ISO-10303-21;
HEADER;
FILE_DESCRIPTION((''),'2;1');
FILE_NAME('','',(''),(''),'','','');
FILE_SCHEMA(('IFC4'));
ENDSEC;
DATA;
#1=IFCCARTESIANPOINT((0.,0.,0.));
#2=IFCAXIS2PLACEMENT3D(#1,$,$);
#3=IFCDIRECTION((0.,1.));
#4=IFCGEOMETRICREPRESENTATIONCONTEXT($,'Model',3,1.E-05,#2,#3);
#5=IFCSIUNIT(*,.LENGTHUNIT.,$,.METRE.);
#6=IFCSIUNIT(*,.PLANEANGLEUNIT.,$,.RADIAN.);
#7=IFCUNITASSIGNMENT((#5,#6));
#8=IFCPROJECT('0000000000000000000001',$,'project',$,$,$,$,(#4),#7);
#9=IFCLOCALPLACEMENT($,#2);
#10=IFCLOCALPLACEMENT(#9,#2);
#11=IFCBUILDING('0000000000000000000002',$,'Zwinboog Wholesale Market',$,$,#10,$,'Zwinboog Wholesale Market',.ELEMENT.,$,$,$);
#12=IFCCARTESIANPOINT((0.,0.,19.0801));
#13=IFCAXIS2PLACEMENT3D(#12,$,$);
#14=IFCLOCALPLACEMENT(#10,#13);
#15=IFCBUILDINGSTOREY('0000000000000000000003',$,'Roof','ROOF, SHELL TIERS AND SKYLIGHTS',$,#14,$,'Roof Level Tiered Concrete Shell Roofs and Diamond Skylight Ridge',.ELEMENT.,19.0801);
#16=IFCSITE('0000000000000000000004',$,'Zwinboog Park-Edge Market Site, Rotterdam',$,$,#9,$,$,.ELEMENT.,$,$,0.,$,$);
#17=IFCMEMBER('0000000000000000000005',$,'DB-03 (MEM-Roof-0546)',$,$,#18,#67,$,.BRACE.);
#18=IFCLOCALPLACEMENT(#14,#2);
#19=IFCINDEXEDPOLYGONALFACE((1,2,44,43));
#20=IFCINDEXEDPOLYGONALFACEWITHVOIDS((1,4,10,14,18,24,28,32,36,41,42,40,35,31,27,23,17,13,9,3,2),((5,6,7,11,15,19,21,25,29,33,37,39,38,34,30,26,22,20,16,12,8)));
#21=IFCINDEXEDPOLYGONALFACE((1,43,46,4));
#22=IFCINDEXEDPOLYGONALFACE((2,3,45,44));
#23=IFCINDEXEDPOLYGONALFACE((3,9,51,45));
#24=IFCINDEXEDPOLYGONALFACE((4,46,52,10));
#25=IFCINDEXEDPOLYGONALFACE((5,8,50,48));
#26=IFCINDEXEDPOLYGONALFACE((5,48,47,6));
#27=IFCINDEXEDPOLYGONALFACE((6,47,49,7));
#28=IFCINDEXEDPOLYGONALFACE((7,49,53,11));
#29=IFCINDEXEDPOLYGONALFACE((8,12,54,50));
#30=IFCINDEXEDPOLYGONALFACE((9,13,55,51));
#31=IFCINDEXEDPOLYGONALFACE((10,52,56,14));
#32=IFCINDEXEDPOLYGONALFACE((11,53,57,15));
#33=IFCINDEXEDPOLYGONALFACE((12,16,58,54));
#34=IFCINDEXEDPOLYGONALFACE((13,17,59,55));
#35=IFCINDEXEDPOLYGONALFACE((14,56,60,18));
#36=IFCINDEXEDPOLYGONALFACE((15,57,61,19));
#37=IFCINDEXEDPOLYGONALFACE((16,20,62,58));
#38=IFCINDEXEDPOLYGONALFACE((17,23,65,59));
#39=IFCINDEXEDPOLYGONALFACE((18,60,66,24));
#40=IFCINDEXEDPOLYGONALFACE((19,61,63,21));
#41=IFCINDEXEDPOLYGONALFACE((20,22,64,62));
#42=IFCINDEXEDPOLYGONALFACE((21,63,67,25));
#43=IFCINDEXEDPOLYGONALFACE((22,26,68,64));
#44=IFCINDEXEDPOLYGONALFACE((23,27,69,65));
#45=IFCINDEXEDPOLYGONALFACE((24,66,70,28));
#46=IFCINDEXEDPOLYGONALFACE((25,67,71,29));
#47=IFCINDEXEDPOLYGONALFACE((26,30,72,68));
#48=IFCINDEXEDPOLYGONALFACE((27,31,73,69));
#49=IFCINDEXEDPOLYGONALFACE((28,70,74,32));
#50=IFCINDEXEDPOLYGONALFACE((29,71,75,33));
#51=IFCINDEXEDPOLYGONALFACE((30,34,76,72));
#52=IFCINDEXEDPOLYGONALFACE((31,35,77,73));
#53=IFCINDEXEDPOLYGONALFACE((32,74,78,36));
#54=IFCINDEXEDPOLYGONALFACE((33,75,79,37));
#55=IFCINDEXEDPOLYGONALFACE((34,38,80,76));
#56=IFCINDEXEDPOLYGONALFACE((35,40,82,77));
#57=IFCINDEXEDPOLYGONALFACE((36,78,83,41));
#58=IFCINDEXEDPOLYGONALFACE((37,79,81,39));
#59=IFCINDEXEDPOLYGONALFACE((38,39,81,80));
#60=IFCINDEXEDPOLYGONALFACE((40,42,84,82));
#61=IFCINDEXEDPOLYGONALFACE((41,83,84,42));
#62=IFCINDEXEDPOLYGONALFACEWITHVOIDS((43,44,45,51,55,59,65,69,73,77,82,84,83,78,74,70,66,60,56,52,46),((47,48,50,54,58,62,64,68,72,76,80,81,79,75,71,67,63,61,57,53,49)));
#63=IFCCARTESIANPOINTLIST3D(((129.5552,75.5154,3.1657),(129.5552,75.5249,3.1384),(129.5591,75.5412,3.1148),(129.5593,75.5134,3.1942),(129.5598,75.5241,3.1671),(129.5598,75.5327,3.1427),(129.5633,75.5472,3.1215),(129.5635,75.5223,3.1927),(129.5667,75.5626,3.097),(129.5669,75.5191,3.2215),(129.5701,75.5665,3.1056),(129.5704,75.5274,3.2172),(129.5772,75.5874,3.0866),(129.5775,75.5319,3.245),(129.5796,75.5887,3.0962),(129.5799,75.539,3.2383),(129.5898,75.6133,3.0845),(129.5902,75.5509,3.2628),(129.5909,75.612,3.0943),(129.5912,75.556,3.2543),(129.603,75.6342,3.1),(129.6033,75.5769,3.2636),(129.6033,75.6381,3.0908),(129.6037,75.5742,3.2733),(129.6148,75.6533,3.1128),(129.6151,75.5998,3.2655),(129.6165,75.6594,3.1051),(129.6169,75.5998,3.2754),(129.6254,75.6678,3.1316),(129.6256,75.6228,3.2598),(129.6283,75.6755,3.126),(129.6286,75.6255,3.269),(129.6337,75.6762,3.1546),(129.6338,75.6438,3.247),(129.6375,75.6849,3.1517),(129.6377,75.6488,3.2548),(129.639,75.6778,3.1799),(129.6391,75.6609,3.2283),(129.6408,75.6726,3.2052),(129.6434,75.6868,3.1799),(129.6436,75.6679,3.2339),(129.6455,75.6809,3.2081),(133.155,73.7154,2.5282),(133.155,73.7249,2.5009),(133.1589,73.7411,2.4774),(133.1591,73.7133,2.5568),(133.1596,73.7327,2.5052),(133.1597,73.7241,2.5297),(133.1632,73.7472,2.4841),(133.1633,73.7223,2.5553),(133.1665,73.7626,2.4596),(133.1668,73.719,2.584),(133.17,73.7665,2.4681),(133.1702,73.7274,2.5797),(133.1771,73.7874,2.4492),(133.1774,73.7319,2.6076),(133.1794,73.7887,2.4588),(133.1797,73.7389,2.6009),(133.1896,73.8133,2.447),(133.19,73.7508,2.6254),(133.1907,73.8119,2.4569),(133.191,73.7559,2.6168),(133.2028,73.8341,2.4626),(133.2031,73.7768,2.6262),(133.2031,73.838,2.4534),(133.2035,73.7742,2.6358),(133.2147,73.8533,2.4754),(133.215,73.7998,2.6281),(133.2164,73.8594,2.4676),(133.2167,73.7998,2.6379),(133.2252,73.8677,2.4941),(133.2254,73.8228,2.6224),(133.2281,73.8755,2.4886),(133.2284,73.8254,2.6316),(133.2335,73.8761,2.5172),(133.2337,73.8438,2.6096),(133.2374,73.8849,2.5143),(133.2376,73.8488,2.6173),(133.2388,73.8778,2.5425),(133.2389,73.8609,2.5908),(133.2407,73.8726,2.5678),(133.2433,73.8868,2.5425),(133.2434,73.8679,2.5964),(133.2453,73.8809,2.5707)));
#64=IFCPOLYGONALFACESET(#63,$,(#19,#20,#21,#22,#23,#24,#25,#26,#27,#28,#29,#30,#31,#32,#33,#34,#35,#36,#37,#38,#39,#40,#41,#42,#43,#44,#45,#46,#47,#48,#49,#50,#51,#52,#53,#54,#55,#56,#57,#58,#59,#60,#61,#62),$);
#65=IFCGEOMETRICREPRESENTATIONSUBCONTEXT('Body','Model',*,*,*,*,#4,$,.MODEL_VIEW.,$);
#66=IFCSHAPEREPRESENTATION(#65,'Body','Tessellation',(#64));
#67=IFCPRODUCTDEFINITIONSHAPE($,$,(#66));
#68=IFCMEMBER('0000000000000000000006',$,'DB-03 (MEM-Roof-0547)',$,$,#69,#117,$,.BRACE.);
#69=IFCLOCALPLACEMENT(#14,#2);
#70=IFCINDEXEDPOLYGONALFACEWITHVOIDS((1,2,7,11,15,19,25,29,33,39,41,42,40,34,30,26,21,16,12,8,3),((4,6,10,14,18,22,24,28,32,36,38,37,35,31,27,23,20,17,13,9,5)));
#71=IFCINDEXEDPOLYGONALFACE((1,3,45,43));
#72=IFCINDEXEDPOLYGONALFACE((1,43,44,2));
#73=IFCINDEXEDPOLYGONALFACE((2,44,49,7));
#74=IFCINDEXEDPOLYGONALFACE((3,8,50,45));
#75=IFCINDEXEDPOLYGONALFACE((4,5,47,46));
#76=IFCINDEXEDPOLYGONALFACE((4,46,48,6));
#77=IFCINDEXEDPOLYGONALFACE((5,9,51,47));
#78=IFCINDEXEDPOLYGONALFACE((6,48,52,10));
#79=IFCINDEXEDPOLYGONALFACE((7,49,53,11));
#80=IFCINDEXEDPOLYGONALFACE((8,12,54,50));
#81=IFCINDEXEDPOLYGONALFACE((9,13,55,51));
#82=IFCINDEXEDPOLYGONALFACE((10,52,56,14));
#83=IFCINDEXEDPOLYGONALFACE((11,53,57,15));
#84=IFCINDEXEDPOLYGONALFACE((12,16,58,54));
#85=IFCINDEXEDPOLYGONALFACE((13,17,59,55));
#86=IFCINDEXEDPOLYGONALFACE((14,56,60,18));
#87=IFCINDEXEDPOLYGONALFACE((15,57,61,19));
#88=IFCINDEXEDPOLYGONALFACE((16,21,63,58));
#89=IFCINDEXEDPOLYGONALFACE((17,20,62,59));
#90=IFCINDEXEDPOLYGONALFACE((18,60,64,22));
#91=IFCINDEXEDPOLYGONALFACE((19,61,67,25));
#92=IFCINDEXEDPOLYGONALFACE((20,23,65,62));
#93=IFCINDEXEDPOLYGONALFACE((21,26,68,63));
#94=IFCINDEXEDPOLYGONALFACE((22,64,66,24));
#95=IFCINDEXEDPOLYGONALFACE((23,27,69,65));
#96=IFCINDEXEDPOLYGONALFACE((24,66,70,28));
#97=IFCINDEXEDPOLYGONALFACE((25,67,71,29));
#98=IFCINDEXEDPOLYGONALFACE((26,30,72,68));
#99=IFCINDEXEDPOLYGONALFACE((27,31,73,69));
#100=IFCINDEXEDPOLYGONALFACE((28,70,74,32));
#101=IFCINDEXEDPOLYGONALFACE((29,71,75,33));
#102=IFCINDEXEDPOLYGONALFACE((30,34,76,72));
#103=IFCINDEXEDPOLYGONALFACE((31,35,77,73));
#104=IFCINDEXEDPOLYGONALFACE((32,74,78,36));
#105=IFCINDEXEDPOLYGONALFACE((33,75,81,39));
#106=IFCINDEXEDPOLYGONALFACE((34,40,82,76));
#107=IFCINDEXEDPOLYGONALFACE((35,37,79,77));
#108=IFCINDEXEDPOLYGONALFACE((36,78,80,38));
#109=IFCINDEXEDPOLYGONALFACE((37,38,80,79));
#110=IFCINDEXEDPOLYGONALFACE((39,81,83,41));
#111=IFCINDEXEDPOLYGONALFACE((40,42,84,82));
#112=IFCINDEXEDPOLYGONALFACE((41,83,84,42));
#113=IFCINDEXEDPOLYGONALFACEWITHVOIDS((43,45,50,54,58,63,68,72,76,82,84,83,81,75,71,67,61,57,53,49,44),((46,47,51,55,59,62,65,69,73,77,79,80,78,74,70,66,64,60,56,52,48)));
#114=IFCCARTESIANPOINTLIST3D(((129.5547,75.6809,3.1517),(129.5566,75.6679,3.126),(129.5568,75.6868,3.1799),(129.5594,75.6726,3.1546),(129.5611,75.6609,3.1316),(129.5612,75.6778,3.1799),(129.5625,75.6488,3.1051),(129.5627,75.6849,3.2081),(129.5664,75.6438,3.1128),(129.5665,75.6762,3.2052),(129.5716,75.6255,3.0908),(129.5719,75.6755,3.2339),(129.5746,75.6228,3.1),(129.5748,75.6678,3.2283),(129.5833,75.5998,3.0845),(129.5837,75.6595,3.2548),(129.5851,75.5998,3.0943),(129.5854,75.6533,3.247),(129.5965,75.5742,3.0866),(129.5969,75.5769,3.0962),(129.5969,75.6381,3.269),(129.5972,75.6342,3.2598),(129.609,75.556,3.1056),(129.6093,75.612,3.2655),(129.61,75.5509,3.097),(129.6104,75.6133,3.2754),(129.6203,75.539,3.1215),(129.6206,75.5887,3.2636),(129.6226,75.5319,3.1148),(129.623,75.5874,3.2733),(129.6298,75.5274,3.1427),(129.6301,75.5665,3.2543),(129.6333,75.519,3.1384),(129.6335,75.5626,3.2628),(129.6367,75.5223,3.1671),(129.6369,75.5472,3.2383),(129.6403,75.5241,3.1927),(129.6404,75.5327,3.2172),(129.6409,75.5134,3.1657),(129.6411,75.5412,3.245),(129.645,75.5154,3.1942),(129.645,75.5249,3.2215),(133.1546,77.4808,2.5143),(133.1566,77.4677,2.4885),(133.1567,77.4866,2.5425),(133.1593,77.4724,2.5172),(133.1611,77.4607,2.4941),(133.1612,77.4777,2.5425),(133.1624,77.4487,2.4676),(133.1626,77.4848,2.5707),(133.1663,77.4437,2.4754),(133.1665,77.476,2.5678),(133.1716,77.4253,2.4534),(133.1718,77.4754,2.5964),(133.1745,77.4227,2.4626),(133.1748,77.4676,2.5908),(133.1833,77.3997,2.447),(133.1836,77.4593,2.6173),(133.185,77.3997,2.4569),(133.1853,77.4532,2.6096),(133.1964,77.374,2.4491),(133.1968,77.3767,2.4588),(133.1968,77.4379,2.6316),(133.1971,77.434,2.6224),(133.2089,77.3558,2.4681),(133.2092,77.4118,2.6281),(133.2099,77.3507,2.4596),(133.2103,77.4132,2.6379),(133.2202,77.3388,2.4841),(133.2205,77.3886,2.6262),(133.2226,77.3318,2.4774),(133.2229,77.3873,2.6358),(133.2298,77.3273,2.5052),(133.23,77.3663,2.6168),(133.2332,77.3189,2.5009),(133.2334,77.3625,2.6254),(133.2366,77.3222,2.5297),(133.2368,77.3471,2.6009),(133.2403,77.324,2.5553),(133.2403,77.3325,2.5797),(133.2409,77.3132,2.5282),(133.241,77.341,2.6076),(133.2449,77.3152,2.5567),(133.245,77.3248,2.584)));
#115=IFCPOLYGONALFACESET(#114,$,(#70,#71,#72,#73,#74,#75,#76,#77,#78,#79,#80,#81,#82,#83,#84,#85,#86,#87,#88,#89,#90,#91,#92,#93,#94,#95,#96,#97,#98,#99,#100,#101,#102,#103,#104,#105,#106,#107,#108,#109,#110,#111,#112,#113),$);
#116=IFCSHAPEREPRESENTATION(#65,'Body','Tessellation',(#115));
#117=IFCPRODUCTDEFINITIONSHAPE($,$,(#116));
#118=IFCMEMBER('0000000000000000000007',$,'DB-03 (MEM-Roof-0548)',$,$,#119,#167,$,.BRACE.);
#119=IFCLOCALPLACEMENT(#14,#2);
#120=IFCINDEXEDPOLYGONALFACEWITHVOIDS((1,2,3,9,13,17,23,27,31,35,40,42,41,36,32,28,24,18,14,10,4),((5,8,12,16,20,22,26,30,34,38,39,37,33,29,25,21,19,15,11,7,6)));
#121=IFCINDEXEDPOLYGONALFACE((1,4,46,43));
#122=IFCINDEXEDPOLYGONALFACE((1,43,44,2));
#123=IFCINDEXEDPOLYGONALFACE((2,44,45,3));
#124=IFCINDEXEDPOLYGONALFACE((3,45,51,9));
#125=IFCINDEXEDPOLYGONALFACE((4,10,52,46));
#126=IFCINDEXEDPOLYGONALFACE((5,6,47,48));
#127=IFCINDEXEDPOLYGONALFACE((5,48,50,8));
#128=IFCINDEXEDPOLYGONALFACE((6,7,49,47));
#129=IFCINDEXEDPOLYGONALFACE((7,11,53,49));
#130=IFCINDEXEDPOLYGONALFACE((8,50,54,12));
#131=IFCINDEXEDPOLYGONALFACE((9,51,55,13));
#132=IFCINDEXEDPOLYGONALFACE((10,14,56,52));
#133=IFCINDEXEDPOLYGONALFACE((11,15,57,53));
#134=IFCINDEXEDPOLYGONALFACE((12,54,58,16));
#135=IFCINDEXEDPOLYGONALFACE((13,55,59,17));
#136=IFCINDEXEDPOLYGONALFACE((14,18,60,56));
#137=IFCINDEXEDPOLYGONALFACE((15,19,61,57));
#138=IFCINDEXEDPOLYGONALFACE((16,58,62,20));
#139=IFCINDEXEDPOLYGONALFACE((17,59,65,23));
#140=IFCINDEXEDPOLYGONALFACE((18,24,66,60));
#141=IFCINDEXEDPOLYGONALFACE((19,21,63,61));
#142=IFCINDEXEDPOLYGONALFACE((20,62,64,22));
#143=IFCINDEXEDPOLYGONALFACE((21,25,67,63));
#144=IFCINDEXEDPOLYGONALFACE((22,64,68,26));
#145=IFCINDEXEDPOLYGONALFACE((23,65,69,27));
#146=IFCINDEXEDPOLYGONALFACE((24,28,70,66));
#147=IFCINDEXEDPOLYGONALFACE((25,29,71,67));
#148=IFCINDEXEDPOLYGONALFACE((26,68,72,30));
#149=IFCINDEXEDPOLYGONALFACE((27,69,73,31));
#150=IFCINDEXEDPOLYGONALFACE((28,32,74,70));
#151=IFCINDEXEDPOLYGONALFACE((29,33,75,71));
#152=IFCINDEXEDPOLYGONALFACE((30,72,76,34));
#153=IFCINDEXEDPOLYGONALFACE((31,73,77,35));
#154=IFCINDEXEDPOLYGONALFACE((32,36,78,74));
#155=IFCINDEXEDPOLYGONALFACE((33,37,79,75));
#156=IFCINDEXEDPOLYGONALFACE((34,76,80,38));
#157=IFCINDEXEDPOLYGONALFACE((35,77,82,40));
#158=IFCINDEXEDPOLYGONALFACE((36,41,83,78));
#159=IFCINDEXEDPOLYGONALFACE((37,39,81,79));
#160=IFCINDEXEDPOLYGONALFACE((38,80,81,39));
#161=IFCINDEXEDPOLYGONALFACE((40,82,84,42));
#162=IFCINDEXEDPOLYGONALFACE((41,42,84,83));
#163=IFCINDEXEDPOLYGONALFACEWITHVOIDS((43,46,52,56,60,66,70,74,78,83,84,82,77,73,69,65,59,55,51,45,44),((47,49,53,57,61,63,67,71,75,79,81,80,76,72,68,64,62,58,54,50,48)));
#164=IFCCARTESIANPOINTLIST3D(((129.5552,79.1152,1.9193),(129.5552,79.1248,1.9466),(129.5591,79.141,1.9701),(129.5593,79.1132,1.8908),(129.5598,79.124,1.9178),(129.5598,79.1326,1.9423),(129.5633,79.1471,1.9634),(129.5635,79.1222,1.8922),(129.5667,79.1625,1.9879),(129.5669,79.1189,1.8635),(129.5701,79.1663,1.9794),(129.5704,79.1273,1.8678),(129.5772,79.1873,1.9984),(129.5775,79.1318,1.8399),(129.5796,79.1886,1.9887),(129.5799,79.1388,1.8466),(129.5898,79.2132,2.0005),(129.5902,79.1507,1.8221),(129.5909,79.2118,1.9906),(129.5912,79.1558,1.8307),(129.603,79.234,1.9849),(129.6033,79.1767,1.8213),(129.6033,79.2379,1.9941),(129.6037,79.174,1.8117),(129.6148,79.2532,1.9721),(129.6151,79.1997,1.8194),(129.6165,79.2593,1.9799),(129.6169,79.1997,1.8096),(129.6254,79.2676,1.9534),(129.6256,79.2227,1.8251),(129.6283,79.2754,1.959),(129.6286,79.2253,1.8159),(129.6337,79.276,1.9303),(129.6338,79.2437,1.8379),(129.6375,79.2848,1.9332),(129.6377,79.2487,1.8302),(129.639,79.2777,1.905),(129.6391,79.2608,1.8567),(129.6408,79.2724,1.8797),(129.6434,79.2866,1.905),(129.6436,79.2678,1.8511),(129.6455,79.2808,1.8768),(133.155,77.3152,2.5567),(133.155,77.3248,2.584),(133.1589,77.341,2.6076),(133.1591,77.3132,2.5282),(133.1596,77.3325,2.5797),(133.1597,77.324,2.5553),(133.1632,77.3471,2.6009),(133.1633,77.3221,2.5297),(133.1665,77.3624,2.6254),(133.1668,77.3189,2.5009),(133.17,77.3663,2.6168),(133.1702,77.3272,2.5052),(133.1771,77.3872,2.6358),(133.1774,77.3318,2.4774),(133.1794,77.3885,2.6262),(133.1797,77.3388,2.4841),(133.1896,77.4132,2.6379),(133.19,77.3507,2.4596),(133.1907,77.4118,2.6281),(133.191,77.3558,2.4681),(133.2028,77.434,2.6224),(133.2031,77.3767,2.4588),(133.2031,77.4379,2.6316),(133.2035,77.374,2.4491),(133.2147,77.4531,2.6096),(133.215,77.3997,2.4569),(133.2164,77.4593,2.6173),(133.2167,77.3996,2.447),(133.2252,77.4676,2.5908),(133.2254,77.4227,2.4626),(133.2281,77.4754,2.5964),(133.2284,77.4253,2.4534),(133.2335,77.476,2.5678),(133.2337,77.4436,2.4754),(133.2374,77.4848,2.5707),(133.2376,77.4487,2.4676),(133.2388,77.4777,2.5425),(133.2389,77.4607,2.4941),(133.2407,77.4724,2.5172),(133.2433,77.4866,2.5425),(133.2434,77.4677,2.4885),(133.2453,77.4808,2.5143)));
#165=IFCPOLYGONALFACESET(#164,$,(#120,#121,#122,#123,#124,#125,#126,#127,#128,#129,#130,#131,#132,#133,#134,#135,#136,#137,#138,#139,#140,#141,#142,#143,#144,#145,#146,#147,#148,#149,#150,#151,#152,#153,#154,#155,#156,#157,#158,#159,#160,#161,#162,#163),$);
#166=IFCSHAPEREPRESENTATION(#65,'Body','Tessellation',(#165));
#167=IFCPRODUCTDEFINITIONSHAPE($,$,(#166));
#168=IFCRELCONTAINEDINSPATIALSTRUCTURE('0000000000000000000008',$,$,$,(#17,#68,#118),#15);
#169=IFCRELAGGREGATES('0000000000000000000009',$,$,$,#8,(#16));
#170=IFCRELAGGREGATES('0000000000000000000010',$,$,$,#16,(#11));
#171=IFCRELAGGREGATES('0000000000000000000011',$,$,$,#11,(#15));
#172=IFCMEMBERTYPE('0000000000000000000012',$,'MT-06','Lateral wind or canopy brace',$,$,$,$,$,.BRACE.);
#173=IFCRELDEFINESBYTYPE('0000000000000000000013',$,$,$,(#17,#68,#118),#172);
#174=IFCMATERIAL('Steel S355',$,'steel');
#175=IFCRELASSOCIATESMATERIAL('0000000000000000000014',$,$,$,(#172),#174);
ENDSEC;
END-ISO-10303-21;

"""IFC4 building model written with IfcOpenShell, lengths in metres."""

from ifc_helpers import new_model, si_unit, direction, frame, origin, origin_2d, place, context, subcontext, project, spatial, hollow_circle, extrude, material, material_profile, profile_set, type_object, element, save


model = new_model("IFC4")

# Units and contexts
model_context = context("Model", 3, precision=1e-05, world=origin(), true_north=direction((0.0, 1.0)))
body_context = subcontext(model_context, "Body", "Model", "MODEL_VIEW")
ifc_project = project(units=[si_unit("LENGTHUNIT", "METRE"), si_unit("PLANEANGLEUNIT", "RADIAN")], contexts=[model_context])

# Site, building, storey
site_placement = place(None, origin())
site = spatial("IfcSite", under=ifc_project, at=site_placement, Name="Zwinboog Park-Edge Market Site, Rotterdam", CompositionType="ELEMENT", RefElevation=0.0)
building_placement = place(site_placement, origin())
building = spatial("IfcBuilding", under=site, at=building_placement, Name="Zwinboog Wholesale Market", LongName="Zwinboog Wholesale Market", CompositionType="ELEMENT")
storey_placement = place(building_placement, frame((0.0, 0.0, 19.0801)))
storey = spatial("IfcBuildingStorey", under=building, at=storey_placement, Name="Roof", Description="ROOF, SHELL TIERS AND SKYLIGHTS", LongName="Roof Level Tiered Concrete Shell Roofs and Diamond Skylight Ridge", CompositionType="ELEMENT", Elevation=19.0801)

# Members
ifc_material_1 = material(Name="Steel S355", Category="steel")
ifc_material_profile_1 = material_profile(ifc_material_1, hollow_circle(Radius=0.0969, WallThickness=0.01, at=origin_2d()), Name="CHS 193.7x10")
ifc_profile_set_1 = profile_set([ifc_material_profile_1], Name="Steel S355")
member_type_1 = type_object("IfcMemberType", Name="MT-06", Description="Lateral wind or canopy brace", PredefinedType="BRACE", material=ifc_profile_set_1)
for number, where, z_axis, x_axis, name in (
    (1, (129.6001, 75.6001, 3.1799), (0.883404, -0.441732, -0.15643), (0.447238, 0.894415, 0.0), "DB-03 (MEM-Roof-0546)"),
    (2, (129.6001, 75.6001, 3.1799), (0.883427, 0.441684, -0.156435), (-0.447189, 0.894439, 0.0), "DB-03 (MEM-Roof-0547)"),
    (3, (129.6001, 79.2, 1.905), (0.883404, -0.441732, 0.15643), (0.447238, 0.894415, 0.0), "DB-03 (MEM-Roof-0548)"),
):
    element("IfcMember", number, at=place(storey_placement, frame(where, z_axis=z_axis, x_axis=x_axis)), inside=storey, type_object=member_type_1, Name=name, PredefinedType="BRACE", context=body_context, shape_type="SweptSolid", body=[
        extrude(hollow_circle(Radius=0.0969, WallThickness=0.01, at=origin_2d()), origin(), (0.0, 0.0, 1.0), 4.075),
    ])

save(model, "model.ifc")
